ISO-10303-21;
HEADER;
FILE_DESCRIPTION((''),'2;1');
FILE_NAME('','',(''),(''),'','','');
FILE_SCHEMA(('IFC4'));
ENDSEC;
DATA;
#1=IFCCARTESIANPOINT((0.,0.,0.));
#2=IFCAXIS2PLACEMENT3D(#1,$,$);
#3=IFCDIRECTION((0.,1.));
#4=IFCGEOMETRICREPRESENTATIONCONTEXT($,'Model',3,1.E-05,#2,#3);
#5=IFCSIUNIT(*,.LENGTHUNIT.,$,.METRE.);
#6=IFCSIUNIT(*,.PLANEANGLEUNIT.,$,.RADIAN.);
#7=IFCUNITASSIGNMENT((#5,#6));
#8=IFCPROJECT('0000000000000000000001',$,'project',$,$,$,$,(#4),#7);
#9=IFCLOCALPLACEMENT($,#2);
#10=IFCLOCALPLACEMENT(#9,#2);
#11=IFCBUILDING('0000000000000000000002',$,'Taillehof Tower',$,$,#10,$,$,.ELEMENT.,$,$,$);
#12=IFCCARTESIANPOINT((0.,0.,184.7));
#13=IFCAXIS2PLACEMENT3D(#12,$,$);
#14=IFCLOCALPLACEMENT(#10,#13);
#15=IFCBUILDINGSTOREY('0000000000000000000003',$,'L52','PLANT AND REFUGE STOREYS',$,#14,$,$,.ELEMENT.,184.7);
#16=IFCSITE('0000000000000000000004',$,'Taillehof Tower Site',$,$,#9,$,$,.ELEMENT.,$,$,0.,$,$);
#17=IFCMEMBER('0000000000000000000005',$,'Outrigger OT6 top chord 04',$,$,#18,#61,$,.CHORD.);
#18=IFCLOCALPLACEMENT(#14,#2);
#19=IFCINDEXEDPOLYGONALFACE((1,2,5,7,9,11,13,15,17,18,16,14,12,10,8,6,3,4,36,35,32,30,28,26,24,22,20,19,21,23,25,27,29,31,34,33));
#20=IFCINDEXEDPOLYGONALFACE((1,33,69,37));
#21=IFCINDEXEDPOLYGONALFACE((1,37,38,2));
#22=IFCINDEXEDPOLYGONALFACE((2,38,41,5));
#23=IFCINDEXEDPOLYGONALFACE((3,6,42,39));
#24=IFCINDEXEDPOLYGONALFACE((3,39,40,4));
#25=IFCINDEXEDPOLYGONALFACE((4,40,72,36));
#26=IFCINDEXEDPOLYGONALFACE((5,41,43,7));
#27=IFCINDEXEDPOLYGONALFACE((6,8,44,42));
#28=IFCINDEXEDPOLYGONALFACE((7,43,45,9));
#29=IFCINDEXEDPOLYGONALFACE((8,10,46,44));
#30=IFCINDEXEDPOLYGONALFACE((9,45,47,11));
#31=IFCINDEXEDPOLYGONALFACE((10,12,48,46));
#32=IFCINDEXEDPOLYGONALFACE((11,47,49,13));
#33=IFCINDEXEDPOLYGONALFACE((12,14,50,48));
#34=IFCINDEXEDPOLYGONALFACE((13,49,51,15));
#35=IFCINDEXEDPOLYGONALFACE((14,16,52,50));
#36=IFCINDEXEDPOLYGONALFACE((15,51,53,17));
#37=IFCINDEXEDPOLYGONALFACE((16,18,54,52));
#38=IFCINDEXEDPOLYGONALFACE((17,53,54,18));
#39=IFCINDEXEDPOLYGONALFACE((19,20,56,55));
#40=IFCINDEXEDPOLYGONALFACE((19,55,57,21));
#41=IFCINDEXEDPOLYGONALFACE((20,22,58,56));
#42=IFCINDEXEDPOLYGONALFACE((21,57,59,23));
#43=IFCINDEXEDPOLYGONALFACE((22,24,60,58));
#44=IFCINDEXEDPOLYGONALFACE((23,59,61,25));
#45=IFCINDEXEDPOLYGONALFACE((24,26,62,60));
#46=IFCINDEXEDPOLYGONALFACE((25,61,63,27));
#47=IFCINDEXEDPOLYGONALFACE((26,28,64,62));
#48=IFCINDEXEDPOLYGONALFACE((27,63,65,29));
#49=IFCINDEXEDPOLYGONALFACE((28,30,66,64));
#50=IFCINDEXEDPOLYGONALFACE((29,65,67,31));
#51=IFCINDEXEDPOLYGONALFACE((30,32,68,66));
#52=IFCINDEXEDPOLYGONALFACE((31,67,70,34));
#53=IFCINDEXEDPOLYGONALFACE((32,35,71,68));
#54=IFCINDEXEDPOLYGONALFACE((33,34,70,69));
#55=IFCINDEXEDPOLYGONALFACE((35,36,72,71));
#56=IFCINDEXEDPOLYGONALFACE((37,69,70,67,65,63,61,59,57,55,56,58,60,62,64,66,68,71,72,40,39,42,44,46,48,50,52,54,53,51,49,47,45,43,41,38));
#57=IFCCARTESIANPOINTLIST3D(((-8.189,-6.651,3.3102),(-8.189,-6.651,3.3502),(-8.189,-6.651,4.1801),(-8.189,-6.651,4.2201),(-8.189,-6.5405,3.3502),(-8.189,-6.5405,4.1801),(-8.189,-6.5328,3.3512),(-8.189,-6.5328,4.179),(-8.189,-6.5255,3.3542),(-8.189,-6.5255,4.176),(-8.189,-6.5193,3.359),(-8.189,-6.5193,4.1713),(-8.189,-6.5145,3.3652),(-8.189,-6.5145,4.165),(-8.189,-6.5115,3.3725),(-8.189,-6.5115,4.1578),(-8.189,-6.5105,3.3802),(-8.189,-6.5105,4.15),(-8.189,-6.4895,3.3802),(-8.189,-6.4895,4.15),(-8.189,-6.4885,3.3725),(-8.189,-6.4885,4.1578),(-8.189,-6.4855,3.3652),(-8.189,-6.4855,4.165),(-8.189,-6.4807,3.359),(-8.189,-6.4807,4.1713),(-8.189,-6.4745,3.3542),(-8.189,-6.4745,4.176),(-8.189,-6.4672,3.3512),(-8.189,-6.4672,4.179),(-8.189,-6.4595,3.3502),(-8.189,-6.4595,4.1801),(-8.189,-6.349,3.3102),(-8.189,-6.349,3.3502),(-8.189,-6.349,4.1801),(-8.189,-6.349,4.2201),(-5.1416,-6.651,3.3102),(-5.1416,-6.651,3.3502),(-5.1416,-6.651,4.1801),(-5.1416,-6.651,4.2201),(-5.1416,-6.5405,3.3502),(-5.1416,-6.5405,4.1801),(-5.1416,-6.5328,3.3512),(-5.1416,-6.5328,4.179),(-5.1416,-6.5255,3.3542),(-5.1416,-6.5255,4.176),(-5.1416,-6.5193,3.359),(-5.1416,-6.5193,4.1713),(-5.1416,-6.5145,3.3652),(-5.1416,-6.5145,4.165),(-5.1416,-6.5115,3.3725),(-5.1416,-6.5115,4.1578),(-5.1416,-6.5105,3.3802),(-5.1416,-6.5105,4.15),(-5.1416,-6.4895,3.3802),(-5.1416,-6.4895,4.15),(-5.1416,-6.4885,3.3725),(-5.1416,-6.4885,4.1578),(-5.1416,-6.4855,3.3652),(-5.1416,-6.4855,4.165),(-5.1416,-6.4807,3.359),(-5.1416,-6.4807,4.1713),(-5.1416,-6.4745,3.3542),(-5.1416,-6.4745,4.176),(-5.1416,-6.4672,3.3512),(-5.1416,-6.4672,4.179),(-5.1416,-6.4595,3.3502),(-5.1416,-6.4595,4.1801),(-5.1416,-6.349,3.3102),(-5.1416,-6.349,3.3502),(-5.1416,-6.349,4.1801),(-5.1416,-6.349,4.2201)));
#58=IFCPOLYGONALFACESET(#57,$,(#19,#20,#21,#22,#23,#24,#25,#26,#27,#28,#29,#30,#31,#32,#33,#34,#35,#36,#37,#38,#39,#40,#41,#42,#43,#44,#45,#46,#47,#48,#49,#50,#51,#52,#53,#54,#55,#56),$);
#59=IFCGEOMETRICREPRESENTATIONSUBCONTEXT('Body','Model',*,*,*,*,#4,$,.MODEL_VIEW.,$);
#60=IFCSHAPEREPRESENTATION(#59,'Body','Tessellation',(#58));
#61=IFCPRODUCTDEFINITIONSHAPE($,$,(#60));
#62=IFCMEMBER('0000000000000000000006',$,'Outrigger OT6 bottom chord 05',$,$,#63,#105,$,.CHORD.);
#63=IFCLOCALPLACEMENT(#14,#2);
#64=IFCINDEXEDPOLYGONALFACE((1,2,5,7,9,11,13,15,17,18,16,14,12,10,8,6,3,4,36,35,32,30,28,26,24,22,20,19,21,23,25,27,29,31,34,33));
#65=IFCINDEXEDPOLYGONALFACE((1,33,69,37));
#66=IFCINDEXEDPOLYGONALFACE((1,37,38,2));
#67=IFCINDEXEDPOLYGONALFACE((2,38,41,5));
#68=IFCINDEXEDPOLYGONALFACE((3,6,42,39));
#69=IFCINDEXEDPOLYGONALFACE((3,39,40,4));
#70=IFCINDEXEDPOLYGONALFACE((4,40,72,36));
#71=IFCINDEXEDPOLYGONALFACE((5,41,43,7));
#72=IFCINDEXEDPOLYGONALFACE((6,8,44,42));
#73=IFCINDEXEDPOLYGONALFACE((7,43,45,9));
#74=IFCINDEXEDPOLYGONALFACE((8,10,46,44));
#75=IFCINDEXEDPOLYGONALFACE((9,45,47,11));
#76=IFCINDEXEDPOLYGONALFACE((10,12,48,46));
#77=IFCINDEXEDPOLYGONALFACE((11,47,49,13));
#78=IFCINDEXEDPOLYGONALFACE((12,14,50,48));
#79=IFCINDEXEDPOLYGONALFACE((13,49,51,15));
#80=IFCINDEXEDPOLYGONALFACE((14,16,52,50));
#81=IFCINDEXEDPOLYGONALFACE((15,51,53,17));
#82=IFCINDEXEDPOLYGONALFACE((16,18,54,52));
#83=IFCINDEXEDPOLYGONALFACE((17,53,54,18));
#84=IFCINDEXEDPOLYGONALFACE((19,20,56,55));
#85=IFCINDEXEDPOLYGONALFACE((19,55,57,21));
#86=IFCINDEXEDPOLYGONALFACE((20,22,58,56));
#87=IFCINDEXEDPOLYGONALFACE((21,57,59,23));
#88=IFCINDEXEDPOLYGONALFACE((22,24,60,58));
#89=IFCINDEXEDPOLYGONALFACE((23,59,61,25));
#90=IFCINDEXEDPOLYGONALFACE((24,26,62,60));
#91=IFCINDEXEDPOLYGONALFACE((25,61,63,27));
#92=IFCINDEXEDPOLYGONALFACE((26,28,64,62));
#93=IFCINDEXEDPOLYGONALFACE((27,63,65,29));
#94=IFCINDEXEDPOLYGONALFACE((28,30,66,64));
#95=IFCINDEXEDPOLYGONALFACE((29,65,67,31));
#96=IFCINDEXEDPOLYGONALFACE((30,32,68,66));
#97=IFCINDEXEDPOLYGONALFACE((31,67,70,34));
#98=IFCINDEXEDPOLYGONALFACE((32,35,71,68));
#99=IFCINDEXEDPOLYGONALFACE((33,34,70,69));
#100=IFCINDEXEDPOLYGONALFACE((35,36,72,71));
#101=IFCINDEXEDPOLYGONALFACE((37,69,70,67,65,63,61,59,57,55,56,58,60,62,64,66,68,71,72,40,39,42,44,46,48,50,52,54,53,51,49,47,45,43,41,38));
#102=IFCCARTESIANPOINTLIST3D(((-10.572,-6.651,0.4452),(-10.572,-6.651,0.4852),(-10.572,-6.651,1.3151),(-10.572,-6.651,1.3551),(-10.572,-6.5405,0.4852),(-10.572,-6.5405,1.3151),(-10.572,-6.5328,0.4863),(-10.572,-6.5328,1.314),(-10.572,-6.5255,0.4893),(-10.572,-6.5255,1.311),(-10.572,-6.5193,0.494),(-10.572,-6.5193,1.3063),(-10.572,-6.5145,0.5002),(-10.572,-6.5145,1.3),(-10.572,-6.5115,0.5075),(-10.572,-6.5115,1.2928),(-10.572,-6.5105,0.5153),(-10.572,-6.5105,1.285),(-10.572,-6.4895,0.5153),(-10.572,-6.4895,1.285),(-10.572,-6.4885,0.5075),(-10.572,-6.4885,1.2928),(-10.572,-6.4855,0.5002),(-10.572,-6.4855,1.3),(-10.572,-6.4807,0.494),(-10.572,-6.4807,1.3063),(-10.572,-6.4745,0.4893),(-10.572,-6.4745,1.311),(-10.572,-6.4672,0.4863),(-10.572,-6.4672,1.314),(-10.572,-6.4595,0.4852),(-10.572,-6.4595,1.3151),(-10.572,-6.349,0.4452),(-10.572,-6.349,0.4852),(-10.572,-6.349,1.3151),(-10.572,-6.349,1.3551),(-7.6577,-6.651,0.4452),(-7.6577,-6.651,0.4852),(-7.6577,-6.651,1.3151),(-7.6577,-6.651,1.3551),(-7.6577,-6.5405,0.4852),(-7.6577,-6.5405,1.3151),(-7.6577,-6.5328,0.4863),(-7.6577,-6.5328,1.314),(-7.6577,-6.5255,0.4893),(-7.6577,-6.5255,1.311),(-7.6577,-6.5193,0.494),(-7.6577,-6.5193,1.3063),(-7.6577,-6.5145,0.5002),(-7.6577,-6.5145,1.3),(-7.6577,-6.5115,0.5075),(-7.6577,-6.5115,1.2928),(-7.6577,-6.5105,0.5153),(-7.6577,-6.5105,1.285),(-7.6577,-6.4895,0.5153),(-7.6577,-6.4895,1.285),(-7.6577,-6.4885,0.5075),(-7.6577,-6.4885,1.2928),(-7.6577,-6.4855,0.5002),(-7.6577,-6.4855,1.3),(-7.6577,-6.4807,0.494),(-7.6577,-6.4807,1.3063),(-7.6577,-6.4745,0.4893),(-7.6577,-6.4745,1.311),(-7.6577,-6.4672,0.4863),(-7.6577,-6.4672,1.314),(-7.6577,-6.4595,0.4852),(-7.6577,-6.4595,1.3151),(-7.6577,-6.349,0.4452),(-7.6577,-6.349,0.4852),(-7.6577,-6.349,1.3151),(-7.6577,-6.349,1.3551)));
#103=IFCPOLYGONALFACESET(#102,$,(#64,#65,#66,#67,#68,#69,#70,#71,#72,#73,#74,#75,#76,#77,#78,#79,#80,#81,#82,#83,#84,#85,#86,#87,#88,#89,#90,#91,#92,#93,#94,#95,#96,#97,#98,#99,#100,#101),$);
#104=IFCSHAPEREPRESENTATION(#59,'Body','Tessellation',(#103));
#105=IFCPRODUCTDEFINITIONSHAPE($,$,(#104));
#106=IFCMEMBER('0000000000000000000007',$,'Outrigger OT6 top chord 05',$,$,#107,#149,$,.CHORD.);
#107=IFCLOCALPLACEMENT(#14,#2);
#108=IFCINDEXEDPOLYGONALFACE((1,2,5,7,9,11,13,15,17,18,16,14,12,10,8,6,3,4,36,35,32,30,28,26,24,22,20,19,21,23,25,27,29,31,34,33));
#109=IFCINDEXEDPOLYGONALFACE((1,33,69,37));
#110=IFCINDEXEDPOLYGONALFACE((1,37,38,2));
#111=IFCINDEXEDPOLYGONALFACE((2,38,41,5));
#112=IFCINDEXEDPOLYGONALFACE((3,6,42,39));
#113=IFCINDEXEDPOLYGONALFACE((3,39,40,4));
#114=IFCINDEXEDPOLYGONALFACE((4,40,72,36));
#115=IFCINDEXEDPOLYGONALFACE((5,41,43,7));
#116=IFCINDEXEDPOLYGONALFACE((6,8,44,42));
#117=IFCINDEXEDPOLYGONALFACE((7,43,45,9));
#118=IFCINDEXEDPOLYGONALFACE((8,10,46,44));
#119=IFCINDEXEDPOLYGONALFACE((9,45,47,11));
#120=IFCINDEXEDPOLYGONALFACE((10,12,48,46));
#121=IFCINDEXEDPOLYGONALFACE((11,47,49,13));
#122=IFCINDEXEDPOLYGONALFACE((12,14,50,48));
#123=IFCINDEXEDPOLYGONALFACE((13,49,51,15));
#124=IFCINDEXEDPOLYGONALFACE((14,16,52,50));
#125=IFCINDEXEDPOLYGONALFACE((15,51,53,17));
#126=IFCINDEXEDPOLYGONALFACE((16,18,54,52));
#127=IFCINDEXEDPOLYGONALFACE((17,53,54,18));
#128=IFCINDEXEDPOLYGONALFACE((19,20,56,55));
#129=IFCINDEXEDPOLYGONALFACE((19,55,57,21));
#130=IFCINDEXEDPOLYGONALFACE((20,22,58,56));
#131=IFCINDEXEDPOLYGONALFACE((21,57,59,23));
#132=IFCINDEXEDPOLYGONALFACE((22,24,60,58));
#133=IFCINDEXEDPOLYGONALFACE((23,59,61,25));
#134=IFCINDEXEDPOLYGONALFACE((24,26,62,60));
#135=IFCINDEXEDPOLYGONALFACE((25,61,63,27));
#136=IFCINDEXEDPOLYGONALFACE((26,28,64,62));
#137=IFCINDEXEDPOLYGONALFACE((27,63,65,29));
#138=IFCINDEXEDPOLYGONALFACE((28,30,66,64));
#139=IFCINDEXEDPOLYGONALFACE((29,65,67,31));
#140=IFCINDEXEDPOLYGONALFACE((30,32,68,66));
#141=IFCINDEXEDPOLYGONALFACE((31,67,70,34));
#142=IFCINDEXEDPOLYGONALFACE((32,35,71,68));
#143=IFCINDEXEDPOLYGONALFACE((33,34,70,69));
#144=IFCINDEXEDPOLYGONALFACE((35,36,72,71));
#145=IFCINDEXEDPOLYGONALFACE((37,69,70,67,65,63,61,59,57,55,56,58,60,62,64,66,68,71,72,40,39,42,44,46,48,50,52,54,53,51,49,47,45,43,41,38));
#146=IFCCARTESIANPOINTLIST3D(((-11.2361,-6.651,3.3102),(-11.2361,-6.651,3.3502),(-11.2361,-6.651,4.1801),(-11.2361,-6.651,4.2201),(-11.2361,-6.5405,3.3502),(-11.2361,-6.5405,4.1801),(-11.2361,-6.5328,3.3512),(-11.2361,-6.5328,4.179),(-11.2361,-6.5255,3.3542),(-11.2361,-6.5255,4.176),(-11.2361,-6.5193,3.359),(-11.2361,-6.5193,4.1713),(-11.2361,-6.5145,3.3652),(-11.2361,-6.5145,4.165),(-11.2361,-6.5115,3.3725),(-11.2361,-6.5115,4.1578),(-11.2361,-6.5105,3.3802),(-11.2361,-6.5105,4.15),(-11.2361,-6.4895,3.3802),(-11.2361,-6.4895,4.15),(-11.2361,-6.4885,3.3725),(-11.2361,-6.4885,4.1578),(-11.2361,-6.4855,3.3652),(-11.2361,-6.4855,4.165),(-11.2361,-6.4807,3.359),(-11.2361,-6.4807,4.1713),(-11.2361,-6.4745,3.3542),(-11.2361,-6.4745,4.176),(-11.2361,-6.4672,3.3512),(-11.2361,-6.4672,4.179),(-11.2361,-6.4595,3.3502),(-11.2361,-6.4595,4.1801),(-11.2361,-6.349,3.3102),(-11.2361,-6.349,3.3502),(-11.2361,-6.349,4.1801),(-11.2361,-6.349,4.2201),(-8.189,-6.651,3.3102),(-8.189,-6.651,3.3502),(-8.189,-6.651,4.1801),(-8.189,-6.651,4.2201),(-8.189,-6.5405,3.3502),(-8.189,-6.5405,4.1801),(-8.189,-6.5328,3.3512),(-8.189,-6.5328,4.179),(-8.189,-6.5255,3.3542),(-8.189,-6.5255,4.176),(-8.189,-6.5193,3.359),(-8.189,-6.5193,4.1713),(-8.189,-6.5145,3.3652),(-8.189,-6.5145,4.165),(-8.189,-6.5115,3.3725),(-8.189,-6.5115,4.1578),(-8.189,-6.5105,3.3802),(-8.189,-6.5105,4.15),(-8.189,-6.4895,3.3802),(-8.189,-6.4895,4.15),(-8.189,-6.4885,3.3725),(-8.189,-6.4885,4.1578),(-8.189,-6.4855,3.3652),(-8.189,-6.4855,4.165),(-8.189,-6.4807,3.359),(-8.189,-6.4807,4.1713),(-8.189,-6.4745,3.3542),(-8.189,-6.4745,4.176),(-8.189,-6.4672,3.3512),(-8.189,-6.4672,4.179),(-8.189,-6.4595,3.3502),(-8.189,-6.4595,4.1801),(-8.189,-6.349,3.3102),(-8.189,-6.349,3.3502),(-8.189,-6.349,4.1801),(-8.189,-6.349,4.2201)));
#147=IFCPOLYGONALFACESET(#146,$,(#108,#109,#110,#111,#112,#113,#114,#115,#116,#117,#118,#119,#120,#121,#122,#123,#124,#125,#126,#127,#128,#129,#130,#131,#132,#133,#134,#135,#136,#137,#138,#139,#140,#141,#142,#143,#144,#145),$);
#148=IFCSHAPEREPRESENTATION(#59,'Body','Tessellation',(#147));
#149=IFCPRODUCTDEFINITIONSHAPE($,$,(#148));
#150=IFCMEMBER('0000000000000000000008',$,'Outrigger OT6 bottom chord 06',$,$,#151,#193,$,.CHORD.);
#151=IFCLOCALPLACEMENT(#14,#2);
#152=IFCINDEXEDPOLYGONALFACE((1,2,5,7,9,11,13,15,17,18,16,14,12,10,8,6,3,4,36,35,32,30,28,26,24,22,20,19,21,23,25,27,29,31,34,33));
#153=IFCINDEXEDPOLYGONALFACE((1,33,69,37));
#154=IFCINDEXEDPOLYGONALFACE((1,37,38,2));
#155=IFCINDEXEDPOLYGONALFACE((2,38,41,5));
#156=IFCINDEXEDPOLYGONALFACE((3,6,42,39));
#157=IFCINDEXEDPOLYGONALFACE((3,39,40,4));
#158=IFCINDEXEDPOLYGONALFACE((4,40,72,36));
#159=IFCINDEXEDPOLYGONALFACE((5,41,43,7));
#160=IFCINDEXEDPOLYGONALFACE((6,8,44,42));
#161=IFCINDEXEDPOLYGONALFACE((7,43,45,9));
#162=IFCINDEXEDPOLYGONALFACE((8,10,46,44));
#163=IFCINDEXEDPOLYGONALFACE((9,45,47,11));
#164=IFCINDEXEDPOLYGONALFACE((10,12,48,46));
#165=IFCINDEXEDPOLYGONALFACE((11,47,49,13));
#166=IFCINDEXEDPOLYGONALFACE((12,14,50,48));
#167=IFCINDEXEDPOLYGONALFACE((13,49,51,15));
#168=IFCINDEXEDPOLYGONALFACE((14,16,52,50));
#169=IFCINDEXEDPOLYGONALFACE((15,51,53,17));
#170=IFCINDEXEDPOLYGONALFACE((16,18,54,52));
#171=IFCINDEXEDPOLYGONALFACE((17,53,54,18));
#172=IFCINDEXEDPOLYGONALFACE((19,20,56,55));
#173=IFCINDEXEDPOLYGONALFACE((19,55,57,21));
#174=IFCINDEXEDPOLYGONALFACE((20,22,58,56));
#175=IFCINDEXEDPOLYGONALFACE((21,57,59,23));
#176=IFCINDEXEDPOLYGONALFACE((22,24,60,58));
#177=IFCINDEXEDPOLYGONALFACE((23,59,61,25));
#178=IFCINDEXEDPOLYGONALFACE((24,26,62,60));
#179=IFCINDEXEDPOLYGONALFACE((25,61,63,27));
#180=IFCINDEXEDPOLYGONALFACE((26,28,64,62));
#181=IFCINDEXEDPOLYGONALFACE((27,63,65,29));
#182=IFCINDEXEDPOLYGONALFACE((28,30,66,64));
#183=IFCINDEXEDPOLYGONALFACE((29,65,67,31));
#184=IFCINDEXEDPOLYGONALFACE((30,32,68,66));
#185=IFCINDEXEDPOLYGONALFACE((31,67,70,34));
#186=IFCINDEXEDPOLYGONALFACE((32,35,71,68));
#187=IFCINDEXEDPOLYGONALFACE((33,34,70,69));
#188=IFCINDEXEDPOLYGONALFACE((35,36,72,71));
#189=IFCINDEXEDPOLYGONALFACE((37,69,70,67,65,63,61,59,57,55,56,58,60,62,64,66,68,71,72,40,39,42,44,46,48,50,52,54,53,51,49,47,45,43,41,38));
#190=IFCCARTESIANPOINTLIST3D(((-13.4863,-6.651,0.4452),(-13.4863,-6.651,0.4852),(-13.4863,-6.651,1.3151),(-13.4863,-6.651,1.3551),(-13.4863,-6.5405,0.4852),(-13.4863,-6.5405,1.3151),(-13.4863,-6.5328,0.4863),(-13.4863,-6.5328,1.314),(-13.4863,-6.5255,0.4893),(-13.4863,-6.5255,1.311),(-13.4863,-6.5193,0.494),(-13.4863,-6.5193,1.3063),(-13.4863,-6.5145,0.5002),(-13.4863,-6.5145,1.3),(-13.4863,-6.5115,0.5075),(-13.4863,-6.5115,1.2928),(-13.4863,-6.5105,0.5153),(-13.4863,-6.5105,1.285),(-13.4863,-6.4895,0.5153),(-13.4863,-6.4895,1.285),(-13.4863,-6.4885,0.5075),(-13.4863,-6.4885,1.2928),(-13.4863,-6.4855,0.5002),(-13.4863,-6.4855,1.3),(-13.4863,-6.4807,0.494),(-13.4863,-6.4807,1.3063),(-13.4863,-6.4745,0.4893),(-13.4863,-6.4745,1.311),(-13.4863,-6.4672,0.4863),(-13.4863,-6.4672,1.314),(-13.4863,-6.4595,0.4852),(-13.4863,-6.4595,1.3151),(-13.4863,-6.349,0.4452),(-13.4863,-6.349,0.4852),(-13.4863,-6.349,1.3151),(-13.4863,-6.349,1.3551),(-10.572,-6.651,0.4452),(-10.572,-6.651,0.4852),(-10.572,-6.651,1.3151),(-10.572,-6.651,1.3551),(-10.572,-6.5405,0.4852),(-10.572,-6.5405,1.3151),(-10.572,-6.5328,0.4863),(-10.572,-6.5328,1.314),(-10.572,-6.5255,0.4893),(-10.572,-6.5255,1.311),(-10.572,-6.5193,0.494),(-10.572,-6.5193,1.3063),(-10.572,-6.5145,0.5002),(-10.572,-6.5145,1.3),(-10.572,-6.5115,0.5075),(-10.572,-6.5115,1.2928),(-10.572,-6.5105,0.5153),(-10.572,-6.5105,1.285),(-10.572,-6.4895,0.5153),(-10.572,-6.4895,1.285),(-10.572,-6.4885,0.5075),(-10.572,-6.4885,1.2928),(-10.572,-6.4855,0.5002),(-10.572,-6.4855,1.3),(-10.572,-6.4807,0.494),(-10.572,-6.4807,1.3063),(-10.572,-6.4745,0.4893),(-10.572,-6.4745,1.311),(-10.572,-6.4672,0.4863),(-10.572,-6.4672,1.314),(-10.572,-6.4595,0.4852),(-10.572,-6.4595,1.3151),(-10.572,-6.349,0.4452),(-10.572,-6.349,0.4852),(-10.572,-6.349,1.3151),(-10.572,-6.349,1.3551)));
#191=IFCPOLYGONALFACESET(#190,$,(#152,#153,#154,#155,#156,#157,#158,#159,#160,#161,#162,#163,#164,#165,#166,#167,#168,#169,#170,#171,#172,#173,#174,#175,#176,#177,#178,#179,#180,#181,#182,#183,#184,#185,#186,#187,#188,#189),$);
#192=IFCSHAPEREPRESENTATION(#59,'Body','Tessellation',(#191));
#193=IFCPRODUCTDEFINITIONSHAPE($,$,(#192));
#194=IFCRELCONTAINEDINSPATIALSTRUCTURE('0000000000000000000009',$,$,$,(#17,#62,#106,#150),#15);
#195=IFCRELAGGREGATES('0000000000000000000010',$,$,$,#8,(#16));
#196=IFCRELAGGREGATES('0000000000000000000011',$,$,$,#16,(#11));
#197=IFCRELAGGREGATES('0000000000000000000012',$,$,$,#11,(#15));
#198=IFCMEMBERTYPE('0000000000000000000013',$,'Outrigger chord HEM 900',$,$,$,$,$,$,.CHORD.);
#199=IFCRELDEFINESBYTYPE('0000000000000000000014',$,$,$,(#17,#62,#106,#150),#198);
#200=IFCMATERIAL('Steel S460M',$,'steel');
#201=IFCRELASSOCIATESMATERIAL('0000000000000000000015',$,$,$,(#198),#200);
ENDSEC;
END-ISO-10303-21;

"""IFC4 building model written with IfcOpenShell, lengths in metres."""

from ifc_helpers import new_model, si_unit, direction, frame, origin, origin_2d, place, context, subcontext, project, spatial, i_section, extrude, material, material_profile, profile_set, type_object, element, save


model = new_model("IFC4")

# Units and contexts
model_context = context("Model", 3, precision=1e-05, world=origin(), true_north=direction((0.0, 1.0)))
body_context = subcontext(model_context, "Body", "Model", "MODEL_VIEW")
ifc_project = project(units=[si_unit("LENGTHUNIT", "METRE"), si_unit("PLANEANGLEUNIT", "RADIAN")], contexts=[model_context])

# Site, building, storey
site_placement = place(None, origin())
site = spatial("IfcSite", under=ifc_project, at=site_placement, Name="Taillehof Tower Site", CompositionType="ELEMENT", RefElevation=0.0)
building_placement = place(site_placement, origin())
building = spatial("IfcBuilding", under=site, at=building_placement, Name="Taillehof Tower", CompositionType="ELEMENT")
storey_placement = place(building_placement, frame((0.0, 0.0, 184.7)))
storey = spatial("IfcBuildingStorey", under=building, at=storey_placement, Name="L52", Description="PLANT AND REFUGE STOREYS", CompositionType="ELEMENT", Elevation=184.7)

# Members
ifc_material_1 = material(Name="Steel S460M", Category="steel")
ifc_material_profile_1 = material_profile(ifc_material_1, i_section(OverallWidth=0.302, OverallDepth=0.9099, WebThickness=0.021, FlangeThickness=0.04, FilletRadius=0.03, at=origin_2d()), Name="HEM 900")
ifc_profile_set_1 = profile_set([ifc_material_profile_1], Name="Steel S460M")
member_type_1 = type_object("IfcMemberType", Name="Outrigger chord HEM 900", PredefinedType="CHORD", material=ifc_profile_set_1)
member_1_placement = place(storey_placement, frame((-5.1416, -6.5, 3.7651), z_axis=(-1.0, 0.0, 0.0), x_axis=(0.0, -1.0, 0.0)))
element("IfcMember", 1, at=member_1_placement, inside=storey, type_object=member_type_1, Name="Outrigger OT6 top chord 04", PredefinedType="CHORD", context=body_context, shape_type="SweptSolid", body=[
    extrude(i_section(OverallWidth=0.302, OverallDepth=0.9099, WebThickness=0.021, FlangeThickness=0.04, FilletRadius=0.03, at=origin_2d()), origin(), (0.0, 0.0, 1.0), 3.0474),
])
member_2_placement = place(storey_placement, frame((-7.6577, -6.5, 0.9001), z_axis=(-1.0, 0.0, 0.0), x_axis=(0.0, -1.0, 0.0)))
element("IfcMember", 2, at=member_2_placement, inside=storey, type_object=member_type_1, Name="Outrigger OT6 bottom chord 05", PredefinedType="CHORD", context=body_context, shape_type="SweptSolid", body=[
    extrude(i_section(OverallWidth=0.302, OverallDepth=0.9099, WebThickness=0.021, FlangeThickness=0.04, FilletRadius=0.03, at=origin_2d()), origin(), (0.0, 0.0, 1.0), 2.9143),
])
member_3_placement = place(storey_placement, frame((-8.189, -6.5, 3.7651), z_axis=(-1.0, 0.0, 0.0), x_axis=(0.0, -1.0, 0.0)))
element("IfcMember", 3, at=member_3_placement, inside=storey, type_object=member_type_1, Name="Outrigger OT6 top chord 05", PredefinedType="CHORD", context=body_context, shape_type="SweptSolid", body=[
    extrude(i_section(OverallWidth=0.302, OverallDepth=0.9099, WebThickness=0.021, FlangeThickness=0.04, FilletRadius=0.03, at=origin_2d()), origin(), (0.0, 0.0, 1.0), 3.0471),
])
member_4_placement = place(storey_placement, frame((-10.572, -6.5, 0.9001), z_axis=(-1.0, 0.0, 0.0), x_axis=(0.0, -1.0, 0.0)))
element("IfcMember", 4, at=member_4_placement, inside=storey, type_object=member_type_1, Name="Outrigger OT6 bottom chord 06", PredefinedType="CHORD", context=body_context, shape_type="SweptSolid", body=[
    extrude(i_section(OverallWidth=0.302, OverallDepth=0.9099, WebThickness=0.021, FlangeThickness=0.04, FilletRadius=0.03, at=origin_2d()), origin(), (0.0, 0.0, 1.0), 2.9143),
])

save(model, "model.ifc")
